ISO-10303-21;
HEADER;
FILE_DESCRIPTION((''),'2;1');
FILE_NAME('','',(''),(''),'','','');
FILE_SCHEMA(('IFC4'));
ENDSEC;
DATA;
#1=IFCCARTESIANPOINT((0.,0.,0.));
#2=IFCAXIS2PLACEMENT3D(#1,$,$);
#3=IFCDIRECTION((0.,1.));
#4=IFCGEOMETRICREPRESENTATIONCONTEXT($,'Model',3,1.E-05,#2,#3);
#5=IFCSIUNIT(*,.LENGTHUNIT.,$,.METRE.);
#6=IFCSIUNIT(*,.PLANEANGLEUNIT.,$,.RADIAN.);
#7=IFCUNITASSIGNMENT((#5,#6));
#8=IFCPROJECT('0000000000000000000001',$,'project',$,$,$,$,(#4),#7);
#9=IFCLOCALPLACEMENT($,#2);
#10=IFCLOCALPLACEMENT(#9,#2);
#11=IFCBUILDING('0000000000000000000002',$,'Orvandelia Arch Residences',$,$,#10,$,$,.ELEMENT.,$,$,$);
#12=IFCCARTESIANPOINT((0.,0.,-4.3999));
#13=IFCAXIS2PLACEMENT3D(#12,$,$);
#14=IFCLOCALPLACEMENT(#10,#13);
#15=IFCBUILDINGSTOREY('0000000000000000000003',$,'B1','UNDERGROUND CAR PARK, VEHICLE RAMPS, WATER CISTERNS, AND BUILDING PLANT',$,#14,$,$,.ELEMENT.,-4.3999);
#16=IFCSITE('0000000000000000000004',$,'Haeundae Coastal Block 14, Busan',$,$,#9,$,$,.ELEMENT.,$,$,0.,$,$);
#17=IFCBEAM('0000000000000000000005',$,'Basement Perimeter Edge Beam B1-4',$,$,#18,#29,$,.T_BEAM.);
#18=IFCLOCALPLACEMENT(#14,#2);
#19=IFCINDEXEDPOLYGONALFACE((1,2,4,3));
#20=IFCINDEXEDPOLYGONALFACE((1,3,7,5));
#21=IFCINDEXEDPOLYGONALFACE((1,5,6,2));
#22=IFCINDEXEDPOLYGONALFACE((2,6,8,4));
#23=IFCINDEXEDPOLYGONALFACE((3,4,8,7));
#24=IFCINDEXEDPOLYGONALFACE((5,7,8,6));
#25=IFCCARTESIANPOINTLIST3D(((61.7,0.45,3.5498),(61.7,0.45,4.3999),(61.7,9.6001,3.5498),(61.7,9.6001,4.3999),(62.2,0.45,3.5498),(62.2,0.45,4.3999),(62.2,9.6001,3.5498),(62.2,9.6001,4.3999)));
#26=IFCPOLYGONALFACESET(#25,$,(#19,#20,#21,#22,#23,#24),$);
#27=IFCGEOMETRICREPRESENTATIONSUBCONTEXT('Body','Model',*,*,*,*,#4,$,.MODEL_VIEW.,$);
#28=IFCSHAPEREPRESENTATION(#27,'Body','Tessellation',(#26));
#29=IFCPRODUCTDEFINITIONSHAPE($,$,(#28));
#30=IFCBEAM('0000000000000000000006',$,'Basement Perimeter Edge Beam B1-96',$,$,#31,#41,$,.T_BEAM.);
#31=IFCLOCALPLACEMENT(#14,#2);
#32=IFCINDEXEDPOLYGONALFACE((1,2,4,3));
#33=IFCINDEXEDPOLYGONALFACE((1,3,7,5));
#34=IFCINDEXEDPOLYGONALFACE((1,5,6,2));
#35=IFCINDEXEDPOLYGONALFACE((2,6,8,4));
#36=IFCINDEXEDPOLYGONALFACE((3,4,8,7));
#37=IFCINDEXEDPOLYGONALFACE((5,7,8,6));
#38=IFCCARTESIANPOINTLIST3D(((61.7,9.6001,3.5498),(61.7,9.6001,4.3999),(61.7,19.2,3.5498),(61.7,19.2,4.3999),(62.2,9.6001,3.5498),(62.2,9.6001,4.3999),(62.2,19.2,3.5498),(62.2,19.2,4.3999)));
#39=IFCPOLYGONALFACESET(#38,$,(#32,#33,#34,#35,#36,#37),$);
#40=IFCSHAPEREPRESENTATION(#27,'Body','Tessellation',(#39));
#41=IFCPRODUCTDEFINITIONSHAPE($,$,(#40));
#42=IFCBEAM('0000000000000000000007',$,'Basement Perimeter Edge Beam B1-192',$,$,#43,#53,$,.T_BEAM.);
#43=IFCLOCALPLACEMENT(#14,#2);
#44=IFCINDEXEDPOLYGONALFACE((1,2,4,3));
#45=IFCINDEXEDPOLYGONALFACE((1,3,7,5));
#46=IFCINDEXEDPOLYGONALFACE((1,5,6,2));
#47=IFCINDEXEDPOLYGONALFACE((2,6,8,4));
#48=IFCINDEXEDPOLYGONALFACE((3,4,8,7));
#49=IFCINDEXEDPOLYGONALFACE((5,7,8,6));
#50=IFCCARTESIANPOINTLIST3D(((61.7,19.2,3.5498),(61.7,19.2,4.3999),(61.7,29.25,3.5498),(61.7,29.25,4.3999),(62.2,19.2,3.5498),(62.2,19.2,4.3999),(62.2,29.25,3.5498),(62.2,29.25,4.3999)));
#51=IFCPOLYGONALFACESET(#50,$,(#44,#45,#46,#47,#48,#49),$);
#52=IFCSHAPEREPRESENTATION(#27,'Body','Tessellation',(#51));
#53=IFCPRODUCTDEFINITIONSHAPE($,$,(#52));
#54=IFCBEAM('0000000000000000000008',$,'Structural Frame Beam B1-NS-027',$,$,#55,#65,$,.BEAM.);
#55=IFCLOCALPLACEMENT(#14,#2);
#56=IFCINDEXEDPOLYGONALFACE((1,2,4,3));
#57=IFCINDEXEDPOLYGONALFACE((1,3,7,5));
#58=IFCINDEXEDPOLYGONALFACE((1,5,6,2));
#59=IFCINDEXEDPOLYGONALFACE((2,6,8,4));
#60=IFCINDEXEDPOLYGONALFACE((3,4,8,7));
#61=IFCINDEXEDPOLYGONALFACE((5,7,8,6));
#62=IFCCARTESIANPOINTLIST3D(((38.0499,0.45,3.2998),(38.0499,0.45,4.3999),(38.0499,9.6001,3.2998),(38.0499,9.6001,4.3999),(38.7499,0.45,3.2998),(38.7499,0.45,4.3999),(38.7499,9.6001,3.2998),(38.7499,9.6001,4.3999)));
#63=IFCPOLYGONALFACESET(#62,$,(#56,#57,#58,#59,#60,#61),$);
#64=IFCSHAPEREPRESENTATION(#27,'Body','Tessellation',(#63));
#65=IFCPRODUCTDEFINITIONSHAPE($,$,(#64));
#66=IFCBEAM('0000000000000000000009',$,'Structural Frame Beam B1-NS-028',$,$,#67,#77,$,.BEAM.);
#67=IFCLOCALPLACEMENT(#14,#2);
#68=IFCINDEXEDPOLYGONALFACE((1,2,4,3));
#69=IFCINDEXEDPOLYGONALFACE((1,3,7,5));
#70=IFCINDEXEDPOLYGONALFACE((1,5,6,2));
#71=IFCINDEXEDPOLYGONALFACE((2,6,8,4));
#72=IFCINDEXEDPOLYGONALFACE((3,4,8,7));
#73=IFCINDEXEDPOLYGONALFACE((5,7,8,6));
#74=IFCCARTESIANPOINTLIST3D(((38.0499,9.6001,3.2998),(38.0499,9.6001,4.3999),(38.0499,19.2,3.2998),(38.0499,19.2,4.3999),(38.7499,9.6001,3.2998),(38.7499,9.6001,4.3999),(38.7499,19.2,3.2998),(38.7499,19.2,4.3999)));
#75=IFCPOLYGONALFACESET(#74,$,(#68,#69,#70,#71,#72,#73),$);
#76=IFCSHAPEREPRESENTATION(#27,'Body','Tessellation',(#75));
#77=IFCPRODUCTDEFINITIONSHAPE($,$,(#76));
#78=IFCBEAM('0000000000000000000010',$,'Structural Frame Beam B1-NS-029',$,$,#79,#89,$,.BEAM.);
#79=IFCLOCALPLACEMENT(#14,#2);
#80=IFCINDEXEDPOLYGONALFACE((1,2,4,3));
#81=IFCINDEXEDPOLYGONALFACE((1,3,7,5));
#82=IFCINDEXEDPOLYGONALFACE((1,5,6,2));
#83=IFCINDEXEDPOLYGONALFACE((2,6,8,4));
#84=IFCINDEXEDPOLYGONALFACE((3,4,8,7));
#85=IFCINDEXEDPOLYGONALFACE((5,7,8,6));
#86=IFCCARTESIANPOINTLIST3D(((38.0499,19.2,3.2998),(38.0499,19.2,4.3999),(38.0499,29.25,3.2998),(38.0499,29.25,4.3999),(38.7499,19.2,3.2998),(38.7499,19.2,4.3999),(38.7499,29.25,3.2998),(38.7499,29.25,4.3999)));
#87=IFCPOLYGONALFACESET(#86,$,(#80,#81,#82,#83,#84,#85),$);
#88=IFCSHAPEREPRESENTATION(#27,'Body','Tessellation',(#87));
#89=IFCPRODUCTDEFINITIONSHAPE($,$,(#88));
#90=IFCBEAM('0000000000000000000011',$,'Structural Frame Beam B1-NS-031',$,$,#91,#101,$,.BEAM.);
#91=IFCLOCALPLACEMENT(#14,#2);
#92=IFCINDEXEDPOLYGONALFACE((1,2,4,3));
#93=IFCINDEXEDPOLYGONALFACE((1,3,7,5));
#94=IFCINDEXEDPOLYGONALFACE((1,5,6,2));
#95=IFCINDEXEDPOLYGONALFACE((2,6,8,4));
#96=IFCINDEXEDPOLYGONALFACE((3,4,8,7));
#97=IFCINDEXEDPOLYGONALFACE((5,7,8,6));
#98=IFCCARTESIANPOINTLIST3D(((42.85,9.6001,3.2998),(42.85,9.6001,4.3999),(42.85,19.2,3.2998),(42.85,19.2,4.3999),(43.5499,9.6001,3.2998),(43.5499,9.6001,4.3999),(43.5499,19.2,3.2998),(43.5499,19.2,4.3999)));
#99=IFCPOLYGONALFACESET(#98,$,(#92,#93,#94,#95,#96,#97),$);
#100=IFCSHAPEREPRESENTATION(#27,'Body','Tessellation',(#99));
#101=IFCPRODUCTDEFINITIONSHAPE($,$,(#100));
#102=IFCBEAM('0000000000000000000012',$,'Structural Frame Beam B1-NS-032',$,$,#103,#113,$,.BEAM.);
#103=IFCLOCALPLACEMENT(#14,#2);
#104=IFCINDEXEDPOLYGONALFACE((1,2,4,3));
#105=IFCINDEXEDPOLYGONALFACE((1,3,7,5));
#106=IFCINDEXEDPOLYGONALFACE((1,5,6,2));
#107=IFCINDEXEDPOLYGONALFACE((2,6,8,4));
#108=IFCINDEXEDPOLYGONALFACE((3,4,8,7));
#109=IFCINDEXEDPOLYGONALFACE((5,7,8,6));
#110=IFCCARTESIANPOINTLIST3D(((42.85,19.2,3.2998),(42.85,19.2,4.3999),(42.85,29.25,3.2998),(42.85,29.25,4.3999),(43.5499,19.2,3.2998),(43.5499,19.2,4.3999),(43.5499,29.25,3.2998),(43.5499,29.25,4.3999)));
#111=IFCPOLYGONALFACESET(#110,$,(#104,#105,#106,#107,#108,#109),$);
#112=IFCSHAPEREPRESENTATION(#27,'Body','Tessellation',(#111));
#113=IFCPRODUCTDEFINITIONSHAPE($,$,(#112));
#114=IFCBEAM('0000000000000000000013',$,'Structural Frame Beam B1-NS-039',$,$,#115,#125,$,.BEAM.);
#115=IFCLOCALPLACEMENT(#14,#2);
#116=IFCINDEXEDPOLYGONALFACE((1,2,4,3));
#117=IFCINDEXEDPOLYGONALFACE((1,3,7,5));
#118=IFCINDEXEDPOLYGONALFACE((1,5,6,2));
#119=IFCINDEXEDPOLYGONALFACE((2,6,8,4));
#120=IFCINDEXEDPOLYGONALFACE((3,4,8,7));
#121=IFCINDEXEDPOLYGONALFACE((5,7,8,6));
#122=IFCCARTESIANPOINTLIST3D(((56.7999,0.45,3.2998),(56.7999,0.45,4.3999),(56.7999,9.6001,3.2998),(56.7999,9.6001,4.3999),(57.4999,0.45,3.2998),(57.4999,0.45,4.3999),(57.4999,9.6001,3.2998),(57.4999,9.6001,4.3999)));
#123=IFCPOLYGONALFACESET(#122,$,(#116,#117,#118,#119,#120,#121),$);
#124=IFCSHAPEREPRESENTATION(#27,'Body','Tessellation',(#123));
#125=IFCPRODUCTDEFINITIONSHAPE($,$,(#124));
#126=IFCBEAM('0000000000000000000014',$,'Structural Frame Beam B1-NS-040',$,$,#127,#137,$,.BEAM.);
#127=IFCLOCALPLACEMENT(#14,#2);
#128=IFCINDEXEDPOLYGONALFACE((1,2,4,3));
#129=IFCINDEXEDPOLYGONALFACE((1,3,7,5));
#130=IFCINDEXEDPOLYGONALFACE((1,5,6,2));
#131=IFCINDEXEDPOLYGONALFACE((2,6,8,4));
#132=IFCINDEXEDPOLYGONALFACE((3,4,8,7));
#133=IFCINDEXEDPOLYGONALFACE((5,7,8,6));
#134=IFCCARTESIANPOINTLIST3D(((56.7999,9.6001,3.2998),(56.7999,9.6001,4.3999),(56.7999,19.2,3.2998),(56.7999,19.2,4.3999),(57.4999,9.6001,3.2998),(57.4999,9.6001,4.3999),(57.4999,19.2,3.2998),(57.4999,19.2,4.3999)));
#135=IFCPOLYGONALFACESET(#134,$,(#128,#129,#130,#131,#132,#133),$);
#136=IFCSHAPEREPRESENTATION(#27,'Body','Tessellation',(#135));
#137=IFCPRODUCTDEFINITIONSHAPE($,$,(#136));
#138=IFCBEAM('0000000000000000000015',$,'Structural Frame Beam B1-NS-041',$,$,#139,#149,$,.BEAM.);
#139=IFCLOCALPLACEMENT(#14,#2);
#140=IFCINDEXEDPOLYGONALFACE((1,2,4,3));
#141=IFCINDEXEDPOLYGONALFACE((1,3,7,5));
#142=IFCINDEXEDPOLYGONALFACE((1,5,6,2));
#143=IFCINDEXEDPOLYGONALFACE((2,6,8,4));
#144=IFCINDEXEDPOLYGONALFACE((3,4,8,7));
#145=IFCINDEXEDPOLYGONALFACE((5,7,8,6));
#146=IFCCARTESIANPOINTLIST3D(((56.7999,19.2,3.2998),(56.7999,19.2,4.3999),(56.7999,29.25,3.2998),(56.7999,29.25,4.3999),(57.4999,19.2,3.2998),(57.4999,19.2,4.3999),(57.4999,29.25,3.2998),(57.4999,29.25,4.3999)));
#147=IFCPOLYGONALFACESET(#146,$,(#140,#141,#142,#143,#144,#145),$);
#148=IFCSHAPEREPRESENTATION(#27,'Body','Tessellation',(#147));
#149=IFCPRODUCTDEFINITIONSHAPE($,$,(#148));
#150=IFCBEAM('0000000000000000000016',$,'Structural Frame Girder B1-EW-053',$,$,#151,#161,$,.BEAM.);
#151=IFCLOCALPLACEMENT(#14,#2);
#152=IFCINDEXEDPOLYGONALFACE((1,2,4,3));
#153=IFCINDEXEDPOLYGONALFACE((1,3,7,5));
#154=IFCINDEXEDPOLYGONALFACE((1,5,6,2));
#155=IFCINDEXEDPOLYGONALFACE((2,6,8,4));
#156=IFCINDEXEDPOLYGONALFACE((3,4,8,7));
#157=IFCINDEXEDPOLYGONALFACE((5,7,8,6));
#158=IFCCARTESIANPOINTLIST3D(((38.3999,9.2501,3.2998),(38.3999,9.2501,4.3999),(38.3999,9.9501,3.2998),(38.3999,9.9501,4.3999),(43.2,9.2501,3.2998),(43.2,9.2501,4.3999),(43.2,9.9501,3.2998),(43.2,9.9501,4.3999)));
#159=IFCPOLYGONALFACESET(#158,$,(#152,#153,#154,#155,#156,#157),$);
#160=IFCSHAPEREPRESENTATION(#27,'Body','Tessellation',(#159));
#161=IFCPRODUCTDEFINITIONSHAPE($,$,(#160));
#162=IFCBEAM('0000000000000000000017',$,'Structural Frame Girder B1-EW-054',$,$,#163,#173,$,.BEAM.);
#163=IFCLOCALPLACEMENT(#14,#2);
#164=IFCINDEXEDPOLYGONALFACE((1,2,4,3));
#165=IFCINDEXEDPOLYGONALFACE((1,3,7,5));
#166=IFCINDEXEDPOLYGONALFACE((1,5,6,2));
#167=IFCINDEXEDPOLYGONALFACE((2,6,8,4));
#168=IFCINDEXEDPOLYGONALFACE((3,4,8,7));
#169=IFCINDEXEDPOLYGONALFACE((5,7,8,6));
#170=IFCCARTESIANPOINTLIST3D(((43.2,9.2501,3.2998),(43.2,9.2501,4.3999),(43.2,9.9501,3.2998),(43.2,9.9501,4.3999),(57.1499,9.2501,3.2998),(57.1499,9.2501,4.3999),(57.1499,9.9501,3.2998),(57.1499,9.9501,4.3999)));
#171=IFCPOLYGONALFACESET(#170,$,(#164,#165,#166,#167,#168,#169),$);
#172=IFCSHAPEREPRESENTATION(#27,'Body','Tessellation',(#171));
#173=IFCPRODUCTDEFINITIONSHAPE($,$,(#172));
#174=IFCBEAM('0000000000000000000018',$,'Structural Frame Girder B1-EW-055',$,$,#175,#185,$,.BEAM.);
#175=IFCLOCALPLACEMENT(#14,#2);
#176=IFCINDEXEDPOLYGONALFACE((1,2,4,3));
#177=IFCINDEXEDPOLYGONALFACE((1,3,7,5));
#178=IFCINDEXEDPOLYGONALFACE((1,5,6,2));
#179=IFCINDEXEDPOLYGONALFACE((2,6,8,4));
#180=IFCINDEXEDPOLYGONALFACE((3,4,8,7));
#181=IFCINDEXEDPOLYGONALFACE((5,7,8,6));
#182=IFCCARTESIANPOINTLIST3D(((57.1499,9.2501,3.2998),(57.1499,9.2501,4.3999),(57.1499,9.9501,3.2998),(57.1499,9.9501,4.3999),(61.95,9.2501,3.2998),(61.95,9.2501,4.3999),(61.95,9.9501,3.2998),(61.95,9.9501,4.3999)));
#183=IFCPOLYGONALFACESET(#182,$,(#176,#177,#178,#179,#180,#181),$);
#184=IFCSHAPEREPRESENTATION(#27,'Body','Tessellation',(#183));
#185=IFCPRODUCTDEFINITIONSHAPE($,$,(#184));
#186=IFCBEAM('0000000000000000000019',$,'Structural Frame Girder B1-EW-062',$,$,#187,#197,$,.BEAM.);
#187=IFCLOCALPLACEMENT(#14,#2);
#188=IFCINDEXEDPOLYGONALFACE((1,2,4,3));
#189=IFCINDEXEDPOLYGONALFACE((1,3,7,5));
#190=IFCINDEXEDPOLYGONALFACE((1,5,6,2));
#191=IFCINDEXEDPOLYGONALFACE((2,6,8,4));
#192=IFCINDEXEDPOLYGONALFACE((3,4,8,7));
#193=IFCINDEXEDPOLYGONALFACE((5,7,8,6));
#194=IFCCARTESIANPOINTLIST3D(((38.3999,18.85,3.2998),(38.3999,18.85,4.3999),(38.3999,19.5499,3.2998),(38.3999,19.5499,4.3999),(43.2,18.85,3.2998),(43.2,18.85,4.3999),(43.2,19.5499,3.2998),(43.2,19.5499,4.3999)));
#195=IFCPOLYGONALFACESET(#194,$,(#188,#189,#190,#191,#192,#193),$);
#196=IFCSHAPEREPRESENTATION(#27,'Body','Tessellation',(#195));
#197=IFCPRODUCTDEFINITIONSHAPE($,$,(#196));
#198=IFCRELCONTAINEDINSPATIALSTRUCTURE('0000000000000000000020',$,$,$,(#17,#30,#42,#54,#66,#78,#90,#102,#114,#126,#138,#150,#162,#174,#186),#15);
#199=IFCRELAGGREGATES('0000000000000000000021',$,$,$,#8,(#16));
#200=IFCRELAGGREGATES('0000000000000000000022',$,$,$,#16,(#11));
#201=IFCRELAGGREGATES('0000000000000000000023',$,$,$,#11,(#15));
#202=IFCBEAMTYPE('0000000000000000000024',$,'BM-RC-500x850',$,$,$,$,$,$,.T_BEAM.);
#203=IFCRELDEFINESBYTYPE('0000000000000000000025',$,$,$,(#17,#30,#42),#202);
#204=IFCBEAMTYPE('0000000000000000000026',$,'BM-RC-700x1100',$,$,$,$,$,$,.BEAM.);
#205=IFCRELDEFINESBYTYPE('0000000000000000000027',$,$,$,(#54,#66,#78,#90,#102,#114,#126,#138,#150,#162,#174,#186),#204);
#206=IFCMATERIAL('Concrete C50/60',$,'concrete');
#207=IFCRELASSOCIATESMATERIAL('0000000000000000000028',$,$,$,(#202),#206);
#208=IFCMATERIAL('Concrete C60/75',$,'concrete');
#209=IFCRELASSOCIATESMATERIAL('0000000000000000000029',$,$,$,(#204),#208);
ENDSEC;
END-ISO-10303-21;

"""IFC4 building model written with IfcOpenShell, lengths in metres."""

from ifc_helpers import new_model, si_unit, direction, frame, origin, origin_2d, place, context, subcontext, project, spatial, rectangle, extrude, material, material_profile, profile_set, type_object, element, save


model = new_model("IFC4")

# Units and contexts
model_context = context("Model", 3, precision=1e-05, world=origin(), true_north=direction((0.0, 1.0)))
body_context = subcontext(model_context, "Body", "Model", "MODEL_VIEW")
ifc_project = project(units=[si_unit("LENGTHUNIT", "METRE"), si_unit("PLANEANGLEUNIT", "RADIAN")], contexts=[model_context])

# Site, building, storey
site_placement = place(None, origin())
site = spatial("IfcSite", under=ifc_project, at=site_placement, Name="Haeundae Coastal Block 14, Busan", CompositionType="ELEMENT", RefElevation=0.0)
building_placement = place(site_placement, origin())
building = spatial("IfcBuilding", under=site, at=building_placement, Name="Orvandelia Arch Residences", CompositionType="ELEMENT")
storey_placement = place(building_placement, frame((0.0, 0.0, -4.3999)))
storey = spatial("IfcBuildingStorey", under=building, at=storey_placement, Name="B1", Description="UNDERGROUND CAR PARK, VEHICLE RAMPS, WATER CISTERNS, AND BUILDING PLANT", CompositionType="ELEMENT", Elevation=-4.3999)

# Shared definitions
ifc_material_1 = material(Name="Concrete C50/60", Category="concrete")
ifc_material_2 = material(Name="Concrete C60/75", Category="concrete")

# Beams
ifc_material_profile_1 = material_profile(ifc_material_1, rectangle(XDim=0.5, YDim=0.8501, at=origin_2d()), Name="Concrete C50/60", Category="concrete")
ifc_profile_set_1 = profile_set([ifc_material_profile_1], Name="Concrete C50/60")
beam_type_1 = type_object("IfcBeamType", Name="BM-RC-500x850", PredefinedType="T_BEAM", material=ifc_profile_set_1)
beam_1_placement = place(storey_placement, frame((61.95, 0.45, 3.9749), z_axis=(0.0, 1.0, 0.0), x_axis=(-1.0, 0.0, 0.0)))
element("IfcBeam", 1, at=beam_1_placement, inside=storey, type_object=beam_type_1, Name="Basement Perimeter Edge Beam B1-4", PredefinedType="T_BEAM", context=body_context, shape_type="SweptSolid", body=[
    extrude(rectangle(XDim=0.5, YDim=0.8501, at=origin_2d()), origin(), (0.0, 0.0, 1.0), 9.1501),
])
beam_2_placement = place(storey_placement, frame((61.95, 9.6001, 3.9749), z_axis=(0.0, 1.0, 0.0), x_axis=(-1.0, 0.0, 0.0)))
element("IfcBeam", 2, at=beam_2_placement, inside=storey, type_object=beam_type_1, Name="Basement Perimeter Edge Beam B1-96", PredefinedType="T_BEAM", context=body_context, shape_type="SweptSolid", body=[
    extrude(rectangle(XDim=0.5, YDim=0.8501, at=origin_2d()), origin(), (0.0, 0.0, 1.0), 9.5999),
])
beam_3_placement = place(storey_placement, frame((61.95, 19.2, 3.9749), z_axis=(0.0, 1.0, 0.0), x_axis=(-1.0, 0.0, 0.0)))
element("IfcBeam", 3, at=beam_3_placement, inside=storey, type_object=beam_type_1, Name="Basement Perimeter Edge Beam B1-192", PredefinedType="T_BEAM", context=body_context, shape_type="SweptSolid", body=[
    extrude(rectangle(XDim=0.5, YDim=0.8501, at=origin_2d()), origin(), (0.0, 0.0, 1.0), 10.05),
])
ifc_material_profile_2 = material_profile(ifc_material_2, rectangle(XDim=0.7, YDim=1.1001, at=origin_2d()), Name="Concrete C60/75", Category="concrete")
ifc_profile_set_2 = profile_set([ifc_material_profile_2], Name="Concrete C60/75")
beam_type_2 = type_object("IfcBeamType", Name="BM-RC-700x1100", PredefinedType="BEAM", material=ifc_profile_set_2)
beam_4_placement = place(storey_placement, frame((38.3999, 0.45, 3.8499), z_axis=(0.0, 1.0, 0.0), x_axis=(-1.0, 0.0, 0.0)))
element("IfcBeam", 4, at=beam_4_placement, inside=storey, type_object=beam_type_2, Name="Structural Frame Beam B1-NS-027", PredefinedType="BEAM", context=body_context, shape_type="SweptSolid", body=[
    extrude(rectangle(XDim=0.7, YDim=1.1001, at=origin_2d()), origin(), (0.0, 0.0, 1.0), 9.1501),
])
beam_5_placement = place(storey_placement, frame((38.3999, 9.6001, 3.8499), z_axis=(0.0, 1.0, 0.0), x_axis=(-1.0, 0.0, 0.0)))
element("IfcBeam", 5, at=beam_5_placement, inside=storey, type_object=beam_type_2, Name="Structural Frame Beam B1-NS-028", PredefinedType="BEAM", context=body_context, shape_type="SweptSolid", body=[
    extrude(rectangle(XDim=0.7, YDim=1.1001, at=origin_2d()), origin(), (0.0, 0.0, 1.0), 9.5999),
])
beam_6_placement = place(storey_placement, frame((38.3999, 19.2, 3.8499), z_axis=(0.0, 1.0, 0.0), x_axis=(-1.0, 0.0, 0.0)))
element("IfcBeam", 6, at=beam_6_placement, inside=storey, type_object=beam_type_2, Name="Structural Frame Beam B1-NS-029", PredefinedType="BEAM", context=body_context, shape_type="SweptSolid", body=[
    extrude(rectangle(XDim=0.7, YDim=1.1001, at=origin_2d()), origin(), (0.0, 0.0, 1.0), 10.05),
])
beam_7_placement = place(storey_placement, frame((43.2, 9.6001, 3.8499), z_axis=(0.0, 1.0, 0.0), x_axis=(-1.0, 0.0, 0.0)))
element("IfcBeam", 7, at=beam_7_placement, inside=storey, type_object=beam_type_2, Name="Structural Frame Beam B1-NS-031", PredefinedType="BEAM", context=body_context, shape_type="SweptSolid", body=[
    extrude(rectangle(XDim=0.7, YDim=1.1001, at=origin_2d()), origin(), (0.0, 0.0, 1.0), 9.5999),
])
beam_8_placement = place(storey_placement, frame((43.2, 19.2, 3.8499), z_axis=(0.0, 1.0, 0.0), x_axis=(-1.0, 0.0, 0.0)))
element("IfcBeam", 8, at=beam_8_placement, inside=storey, type_object=beam_type_2, Name="Structural Frame Beam B1-NS-032", PredefinedType="BEAM", context=body_context, shape_type="SweptSolid", body=[
    extrude(rectangle(XDim=0.7, YDim=1.1001, at=origin_2d()), origin(), (0.0, 0.0, 1.0), 10.05),
])
beam_9_placement = place(storey_placement, frame((57.1499, 0.45, 3.8499), z_axis=(0.0, 1.0, 0.0), x_axis=(-1.0, 0.0, 0.0)))
element("IfcBeam", 9, at=beam_9_placement, inside=storey, type_object=beam_type_2, Name="Structural Frame Beam B1-NS-039", PredefinedType="BEAM", context=body_context, shape_type="SweptSolid", body=[
    extrude(rectangle(XDim=0.7, YDim=1.1001, at=origin_2d()), origin(), (0.0, 0.0, 1.0), 9.1501),
])
beam_10_placement = place(storey_placement, frame((57.1499, 9.6001, 3.8499), z_axis=(0.0, 1.0, 0.0), x_axis=(-1.0, 0.0, 0.0)))
element("IfcBeam", 10, at=beam_10_placement, inside=storey, type_object=beam_type_2, Name="Structural Frame Beam B1-NS-040", PredefinedType="BEAM", context=body_context, shape_type="SweptSolid", body=[
    extrude(rectangle(XDim=0.7, YDim=1.1001, at=origin_2d()), origin(), (0.0, 0.0, 1.0), 9.5999),
])
beam_11_placement = place(storey_placement, frame((57.1499, 19.2, 3.8499), z_axis=(0.0, 1.0, 0.0), x_axis=(-1.0, 0.0, 0.0)))
element("IfcBeam", 11, at=beam_11_placement, inside=storey, type_object=beam_type_2, Name="Structural Frame Beam B1-NS-041", PredefinedType="BEAM", context=body_context, shape_type="SweptSolid", body=[
    extrude(rectangle(XDim=0.7, YDim=1.1001, at=origin_2d()), origin(), (0.0, 0.0, 1.0), 10.05),
])
beam_12_placement = place(storey_placement, frame((38.3999, 9.6001, 3.8499), z_axis=(1.0, 0.0, 0.0), x_axis=(0.0, 1.0, 0.0)))
element("IfcBeam", 12, at=beam_12_placement, inside=storey, type_object=beam_type_2, Name="Structural Frame Girder B1-EW-053", PredefinedType="BEAM", context=body_context, shape_type="SweptSolid", body=[
    extrude(rectangle(XDim=0.7, YDim=1.1001, at=origin_2d()), origin(), (0.0, 0.0, 1.0), 4.8),
])
beam_13_placement = place(storey_placement, frame((43.2, 9.6001, 3.8499), z_axis=(1.0, 0.0, 0.0), x_axis=(0.0, 1.0, 0.0)))
element("IfcBeam", 13, at=beam_13_placement, inside=storey, type_object=beam_type_2, Name="Structural Frame Girder B1-EW-054", PredefinedType="BEAM", context=body_context, shape_type="SweptSolid", body=[
    extrude(rectangle(XDim=0.7, YDim=1.1001, at=origin_2d()), origin(), (0.0, 0.0, 1.0), 13.95),
])
for number, where, z_axis, x_axis, name in (
    (14, (57.1499, 9.6001, 3.8499), (1.0, 0.0, 0.0), (0.0, 1.0, 0.0), "Structural Frame Girder B1-EW-055"),
    (15, (38.3999, 19.2, 3.8499), (1.0, 0.0, 0.0), (0.0, 1.0, 0.0), "Structural Frame Girder B1-EW-062"),
):
    element("IfcBeam", number, at=place(storey_placement, frame(where, z_axis=z_axis, x_axis=x_axis)), inside=storey, type_object=beam_type_2, Name=name, PredefinedType="BEAM", context=body_context, shape_type="SweptSolid", body=[
        extrude(rectangle(XDim=0.7, YDim=1.1001, at=origin_2d()), origin(), (0.0, 0.0, 1.0), 4.8),
    ])

save(model, "model.ifc")
